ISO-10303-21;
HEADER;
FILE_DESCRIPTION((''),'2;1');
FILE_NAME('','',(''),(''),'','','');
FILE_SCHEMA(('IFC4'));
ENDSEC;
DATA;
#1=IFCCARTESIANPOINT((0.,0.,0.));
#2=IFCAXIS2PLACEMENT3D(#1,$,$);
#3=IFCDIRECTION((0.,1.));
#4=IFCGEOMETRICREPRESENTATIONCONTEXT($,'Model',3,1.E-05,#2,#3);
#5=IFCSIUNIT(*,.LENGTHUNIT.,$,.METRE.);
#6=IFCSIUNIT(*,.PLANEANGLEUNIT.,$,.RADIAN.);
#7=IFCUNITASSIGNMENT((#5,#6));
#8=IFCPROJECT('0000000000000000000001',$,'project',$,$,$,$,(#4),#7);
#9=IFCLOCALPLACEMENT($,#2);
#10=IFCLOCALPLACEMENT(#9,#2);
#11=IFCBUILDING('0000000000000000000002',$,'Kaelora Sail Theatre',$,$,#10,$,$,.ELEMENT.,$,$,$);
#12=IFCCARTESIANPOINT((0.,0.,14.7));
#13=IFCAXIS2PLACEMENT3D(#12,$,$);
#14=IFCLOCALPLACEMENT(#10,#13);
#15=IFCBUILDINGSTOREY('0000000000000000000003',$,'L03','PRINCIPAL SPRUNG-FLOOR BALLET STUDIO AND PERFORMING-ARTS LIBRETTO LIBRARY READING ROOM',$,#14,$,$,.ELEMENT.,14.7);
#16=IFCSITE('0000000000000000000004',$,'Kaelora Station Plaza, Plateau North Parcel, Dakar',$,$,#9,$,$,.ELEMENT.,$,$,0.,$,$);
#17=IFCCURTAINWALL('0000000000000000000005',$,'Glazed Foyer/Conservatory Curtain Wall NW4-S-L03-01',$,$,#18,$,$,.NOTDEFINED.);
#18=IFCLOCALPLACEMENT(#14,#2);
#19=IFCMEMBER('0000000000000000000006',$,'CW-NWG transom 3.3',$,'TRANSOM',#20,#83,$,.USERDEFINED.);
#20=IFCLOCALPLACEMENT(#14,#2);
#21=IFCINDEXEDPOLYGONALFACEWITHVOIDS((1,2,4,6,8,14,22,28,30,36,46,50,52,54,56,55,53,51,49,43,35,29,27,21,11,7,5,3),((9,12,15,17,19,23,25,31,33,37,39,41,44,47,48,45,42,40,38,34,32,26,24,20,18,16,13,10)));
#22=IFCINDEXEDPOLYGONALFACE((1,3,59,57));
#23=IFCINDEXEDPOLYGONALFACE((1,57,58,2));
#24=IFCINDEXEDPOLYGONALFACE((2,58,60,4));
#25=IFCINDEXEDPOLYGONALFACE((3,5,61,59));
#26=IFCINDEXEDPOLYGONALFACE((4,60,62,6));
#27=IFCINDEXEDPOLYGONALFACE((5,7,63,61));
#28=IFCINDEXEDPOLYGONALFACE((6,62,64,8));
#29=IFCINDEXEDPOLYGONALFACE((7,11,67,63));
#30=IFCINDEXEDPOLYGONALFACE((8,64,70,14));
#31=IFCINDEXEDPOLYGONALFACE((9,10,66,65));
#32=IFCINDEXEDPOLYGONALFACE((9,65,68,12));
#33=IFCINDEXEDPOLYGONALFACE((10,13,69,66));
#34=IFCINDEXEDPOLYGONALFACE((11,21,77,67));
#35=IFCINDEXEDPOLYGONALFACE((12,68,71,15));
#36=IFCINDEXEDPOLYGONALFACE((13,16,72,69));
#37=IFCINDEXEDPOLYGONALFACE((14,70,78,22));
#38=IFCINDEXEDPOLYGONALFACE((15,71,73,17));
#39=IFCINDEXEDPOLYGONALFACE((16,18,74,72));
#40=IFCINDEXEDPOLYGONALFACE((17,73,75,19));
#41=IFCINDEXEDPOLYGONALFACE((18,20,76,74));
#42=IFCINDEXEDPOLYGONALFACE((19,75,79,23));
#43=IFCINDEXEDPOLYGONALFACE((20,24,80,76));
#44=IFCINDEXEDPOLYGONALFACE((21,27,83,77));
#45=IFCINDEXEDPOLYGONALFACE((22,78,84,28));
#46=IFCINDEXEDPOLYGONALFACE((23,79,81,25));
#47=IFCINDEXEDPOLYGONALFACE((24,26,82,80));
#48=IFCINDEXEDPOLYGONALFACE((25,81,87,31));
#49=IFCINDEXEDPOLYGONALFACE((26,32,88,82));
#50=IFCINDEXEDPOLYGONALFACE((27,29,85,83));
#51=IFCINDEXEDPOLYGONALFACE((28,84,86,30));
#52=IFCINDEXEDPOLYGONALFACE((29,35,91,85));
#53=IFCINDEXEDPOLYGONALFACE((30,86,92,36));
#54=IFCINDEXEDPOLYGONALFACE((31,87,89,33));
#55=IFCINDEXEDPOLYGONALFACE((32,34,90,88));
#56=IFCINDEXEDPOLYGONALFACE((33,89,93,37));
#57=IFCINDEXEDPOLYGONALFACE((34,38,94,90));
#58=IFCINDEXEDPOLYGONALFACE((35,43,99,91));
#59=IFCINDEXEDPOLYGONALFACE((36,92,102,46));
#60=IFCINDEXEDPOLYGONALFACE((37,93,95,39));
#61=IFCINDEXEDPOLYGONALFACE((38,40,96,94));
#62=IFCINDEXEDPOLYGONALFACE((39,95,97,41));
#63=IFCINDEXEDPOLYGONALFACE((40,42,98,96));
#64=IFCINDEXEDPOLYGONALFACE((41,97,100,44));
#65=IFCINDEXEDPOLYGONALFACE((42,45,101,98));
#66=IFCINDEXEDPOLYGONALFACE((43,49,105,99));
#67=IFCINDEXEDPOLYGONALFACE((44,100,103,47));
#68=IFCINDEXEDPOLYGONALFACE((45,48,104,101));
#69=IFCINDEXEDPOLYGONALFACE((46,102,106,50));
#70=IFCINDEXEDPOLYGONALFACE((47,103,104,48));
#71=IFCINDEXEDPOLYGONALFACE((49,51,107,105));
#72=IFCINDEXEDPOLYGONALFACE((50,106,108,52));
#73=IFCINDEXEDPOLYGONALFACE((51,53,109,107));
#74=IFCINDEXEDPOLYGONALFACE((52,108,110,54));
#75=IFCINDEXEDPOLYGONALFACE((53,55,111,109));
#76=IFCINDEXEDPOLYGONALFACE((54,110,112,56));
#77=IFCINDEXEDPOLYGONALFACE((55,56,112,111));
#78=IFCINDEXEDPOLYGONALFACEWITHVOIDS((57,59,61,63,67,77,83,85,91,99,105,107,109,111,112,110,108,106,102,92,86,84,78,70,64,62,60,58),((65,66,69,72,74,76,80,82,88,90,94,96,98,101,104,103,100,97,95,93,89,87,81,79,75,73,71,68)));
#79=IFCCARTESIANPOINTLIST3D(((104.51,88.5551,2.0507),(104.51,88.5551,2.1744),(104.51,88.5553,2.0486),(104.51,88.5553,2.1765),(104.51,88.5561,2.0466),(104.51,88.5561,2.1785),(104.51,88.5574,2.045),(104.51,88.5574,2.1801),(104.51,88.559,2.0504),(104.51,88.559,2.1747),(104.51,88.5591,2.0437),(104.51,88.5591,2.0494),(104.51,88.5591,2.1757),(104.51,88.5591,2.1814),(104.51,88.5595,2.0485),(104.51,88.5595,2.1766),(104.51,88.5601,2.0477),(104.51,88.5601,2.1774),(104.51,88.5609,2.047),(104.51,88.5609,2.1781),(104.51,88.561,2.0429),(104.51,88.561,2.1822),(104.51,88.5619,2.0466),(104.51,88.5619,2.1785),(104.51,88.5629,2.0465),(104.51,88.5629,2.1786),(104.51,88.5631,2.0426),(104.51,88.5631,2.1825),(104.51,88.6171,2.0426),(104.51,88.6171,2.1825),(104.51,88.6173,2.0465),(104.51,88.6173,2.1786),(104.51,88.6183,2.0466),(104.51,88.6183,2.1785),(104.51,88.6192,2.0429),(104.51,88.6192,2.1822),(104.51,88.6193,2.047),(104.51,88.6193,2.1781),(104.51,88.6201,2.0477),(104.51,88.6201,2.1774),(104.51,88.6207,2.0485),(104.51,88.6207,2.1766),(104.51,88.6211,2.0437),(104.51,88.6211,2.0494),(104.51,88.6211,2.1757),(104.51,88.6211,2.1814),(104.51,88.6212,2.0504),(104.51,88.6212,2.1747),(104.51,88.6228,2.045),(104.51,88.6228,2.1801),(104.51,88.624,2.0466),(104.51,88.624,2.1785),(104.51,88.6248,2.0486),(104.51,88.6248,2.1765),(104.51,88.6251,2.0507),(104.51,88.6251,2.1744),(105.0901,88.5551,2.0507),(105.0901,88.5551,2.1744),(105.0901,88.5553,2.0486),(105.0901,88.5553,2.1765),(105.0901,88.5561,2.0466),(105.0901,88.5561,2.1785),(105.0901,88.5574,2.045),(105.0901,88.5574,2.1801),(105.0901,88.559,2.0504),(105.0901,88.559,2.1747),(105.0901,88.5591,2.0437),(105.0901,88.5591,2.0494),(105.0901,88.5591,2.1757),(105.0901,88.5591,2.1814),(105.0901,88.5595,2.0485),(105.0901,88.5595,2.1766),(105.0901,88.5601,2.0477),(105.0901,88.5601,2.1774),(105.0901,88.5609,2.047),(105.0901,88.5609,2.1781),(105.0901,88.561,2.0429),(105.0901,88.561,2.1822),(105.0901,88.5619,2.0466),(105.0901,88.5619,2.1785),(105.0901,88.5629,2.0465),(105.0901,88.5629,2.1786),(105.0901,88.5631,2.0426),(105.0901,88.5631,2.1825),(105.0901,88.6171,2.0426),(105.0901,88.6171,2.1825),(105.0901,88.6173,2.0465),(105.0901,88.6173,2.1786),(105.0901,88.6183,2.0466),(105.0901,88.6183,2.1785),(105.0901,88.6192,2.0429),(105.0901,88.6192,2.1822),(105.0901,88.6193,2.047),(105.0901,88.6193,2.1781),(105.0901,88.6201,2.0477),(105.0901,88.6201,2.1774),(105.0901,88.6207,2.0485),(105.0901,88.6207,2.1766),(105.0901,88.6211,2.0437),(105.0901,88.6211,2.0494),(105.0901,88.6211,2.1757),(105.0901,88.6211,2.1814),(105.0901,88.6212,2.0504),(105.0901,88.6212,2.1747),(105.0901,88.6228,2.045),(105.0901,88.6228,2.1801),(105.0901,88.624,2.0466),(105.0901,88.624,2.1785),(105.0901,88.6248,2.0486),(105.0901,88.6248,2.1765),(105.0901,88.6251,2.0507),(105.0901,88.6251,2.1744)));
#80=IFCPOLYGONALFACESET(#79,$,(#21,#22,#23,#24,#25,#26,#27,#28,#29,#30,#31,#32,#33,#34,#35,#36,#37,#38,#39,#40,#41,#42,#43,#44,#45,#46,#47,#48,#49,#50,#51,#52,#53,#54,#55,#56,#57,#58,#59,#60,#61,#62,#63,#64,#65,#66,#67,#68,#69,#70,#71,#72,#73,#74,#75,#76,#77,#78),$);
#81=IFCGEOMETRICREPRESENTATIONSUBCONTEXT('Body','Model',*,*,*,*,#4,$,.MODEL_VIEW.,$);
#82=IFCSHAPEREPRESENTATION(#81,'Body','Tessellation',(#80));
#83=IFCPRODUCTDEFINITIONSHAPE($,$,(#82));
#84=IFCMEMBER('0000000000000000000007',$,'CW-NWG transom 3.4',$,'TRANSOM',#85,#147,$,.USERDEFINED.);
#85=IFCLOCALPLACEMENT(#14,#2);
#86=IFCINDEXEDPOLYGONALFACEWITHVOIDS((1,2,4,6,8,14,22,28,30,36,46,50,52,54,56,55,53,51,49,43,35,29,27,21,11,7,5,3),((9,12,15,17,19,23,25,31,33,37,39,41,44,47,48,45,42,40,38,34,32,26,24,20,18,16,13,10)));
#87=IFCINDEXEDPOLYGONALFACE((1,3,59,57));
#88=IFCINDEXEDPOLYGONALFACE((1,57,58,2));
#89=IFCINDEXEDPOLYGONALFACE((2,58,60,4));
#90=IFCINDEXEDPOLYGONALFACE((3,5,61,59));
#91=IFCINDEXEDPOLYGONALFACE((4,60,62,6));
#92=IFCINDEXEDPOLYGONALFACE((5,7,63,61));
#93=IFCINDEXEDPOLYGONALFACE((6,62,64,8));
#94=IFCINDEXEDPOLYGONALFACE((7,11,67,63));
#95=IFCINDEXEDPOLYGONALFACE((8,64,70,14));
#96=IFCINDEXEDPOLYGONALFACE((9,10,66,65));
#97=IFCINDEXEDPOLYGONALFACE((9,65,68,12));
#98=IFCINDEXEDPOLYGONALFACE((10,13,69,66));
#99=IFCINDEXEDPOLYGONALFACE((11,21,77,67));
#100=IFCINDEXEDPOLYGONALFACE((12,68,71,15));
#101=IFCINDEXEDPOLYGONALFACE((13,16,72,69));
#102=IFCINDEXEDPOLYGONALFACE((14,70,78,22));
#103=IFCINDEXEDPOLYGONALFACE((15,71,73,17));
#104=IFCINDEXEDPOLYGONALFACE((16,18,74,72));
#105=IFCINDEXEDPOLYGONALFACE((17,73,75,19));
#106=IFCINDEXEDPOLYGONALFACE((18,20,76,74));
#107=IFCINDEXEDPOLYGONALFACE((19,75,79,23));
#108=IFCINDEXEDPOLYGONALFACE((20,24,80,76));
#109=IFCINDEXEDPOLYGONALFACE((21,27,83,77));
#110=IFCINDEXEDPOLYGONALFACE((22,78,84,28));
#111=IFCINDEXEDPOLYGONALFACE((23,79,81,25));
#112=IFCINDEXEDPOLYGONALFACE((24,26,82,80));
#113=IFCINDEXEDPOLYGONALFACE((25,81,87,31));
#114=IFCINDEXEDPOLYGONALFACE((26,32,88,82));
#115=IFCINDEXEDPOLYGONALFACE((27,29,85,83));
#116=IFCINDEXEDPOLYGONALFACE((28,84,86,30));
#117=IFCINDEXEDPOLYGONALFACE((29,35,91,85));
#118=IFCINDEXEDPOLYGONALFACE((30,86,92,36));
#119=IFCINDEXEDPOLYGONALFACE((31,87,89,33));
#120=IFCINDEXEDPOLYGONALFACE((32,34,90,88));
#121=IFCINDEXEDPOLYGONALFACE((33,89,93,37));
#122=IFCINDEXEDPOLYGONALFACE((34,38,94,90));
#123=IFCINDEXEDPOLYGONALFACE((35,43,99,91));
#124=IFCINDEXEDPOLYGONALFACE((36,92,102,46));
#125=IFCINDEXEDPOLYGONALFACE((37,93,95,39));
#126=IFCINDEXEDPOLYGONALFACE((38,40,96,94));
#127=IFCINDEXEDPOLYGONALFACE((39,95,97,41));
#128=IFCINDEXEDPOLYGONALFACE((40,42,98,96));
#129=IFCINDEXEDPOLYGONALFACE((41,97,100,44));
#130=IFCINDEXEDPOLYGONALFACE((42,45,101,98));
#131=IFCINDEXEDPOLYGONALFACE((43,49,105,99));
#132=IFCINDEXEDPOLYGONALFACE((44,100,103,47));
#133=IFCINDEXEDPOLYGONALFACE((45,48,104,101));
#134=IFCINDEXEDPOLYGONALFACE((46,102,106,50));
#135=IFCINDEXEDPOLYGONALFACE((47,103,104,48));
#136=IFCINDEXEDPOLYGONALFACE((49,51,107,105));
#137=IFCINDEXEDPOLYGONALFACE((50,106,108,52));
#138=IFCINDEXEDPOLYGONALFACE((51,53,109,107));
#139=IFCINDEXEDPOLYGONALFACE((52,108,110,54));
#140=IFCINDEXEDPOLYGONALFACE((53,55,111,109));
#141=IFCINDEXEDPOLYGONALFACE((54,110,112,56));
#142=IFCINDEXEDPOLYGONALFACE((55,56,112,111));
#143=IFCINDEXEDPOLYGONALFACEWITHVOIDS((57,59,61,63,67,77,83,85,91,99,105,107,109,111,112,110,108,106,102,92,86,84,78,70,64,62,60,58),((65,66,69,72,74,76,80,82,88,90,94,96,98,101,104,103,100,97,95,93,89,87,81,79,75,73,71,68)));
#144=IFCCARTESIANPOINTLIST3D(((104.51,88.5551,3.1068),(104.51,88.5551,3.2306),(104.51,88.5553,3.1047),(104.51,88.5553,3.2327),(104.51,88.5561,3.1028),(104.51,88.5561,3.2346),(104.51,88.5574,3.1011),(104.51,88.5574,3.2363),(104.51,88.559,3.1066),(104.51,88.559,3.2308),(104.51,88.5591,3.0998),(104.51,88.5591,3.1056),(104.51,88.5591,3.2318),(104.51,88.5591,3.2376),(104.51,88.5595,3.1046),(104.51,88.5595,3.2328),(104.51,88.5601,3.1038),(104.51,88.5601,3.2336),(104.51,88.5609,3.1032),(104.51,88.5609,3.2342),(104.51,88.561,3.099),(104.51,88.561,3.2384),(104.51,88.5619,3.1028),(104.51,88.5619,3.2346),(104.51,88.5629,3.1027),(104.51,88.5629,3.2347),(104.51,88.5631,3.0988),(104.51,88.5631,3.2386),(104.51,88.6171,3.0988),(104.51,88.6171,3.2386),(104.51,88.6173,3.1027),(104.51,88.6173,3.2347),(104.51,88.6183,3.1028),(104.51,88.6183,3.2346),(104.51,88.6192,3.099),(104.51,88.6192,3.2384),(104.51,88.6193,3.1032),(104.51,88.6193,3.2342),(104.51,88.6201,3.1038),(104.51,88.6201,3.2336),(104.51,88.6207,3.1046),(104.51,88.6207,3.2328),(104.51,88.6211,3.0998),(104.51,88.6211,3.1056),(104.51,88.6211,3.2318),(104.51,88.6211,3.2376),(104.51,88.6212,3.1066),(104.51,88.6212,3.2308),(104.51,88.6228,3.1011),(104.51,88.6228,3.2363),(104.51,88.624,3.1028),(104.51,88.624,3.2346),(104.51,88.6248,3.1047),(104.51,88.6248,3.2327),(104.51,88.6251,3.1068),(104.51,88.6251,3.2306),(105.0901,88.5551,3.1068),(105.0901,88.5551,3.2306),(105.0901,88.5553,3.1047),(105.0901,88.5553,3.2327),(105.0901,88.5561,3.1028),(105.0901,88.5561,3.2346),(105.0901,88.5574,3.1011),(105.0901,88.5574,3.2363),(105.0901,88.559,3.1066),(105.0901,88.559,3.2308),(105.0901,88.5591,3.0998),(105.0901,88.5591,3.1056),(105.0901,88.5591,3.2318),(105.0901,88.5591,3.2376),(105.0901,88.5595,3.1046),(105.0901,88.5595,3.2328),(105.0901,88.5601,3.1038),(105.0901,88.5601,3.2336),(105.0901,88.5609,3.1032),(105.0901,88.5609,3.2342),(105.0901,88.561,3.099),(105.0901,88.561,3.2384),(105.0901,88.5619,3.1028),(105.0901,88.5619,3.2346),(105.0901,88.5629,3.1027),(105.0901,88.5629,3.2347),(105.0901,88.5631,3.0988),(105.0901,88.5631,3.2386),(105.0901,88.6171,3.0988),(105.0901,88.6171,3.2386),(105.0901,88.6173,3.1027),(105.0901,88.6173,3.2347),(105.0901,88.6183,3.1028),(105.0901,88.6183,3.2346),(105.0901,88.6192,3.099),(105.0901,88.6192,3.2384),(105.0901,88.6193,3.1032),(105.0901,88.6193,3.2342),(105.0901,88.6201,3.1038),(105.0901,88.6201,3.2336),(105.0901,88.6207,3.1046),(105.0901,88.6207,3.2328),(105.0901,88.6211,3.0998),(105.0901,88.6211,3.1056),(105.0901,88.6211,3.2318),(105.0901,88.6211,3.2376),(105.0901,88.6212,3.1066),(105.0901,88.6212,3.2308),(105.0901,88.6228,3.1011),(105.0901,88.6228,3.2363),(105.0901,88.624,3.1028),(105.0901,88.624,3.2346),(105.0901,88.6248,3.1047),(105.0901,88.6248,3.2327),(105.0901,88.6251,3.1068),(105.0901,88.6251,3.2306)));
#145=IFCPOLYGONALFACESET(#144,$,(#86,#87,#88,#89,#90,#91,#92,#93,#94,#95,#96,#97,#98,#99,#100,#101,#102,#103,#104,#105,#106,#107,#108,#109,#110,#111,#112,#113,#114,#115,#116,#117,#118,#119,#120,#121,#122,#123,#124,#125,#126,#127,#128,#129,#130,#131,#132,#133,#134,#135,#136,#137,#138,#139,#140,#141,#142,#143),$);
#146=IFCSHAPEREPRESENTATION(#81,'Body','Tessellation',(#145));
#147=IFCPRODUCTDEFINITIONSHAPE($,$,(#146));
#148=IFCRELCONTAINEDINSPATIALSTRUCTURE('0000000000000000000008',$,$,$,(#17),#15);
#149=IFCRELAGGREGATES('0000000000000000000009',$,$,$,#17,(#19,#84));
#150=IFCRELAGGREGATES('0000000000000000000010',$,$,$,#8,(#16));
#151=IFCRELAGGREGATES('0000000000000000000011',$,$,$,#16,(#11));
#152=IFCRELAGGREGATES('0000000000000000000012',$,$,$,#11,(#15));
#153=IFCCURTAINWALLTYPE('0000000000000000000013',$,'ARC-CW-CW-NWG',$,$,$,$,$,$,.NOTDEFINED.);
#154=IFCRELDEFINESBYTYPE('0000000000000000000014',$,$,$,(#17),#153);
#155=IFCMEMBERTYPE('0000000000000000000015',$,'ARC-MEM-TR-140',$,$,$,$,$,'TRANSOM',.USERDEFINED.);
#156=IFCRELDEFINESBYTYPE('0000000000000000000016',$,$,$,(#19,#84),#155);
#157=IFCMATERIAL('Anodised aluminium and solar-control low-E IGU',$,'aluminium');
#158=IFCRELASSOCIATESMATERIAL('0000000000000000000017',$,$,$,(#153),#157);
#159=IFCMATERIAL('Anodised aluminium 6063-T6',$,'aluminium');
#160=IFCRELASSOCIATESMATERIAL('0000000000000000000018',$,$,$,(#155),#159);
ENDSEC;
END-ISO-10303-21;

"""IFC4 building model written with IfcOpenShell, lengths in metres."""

from ifc_helpers import new_model, si_unit, direction, frame, origin, origin_2d, place, context, subcontext, project, spatial, hollow_rectangle, extrude, material, material_profile, profile_set, type_object, element, aggregate, save


model = new_model("IFC4")

# Units and contexts
model_context = context("Model", 3, precision=1e-05, world=origin(), true_north=direction((0.0, 1.0)))
body_context = subcontext(model_context, "Body", "Model", "MODEL_VIEW")
ifc_project = project(units=[si_unit("LENGTHUNIT", "METRE"), si_unit("PLANEANGLEUNIT", "RADIAN")], contexts=[model_context])

# Site, building, storey
site_placement = place(None, origin())
site = spatial("IfcSite", under=ifc_project, at=site_placement, Name="Kaelora Station Plaza, Plateau North Parcel, Dakar", CompositionType="ELEMENT", RefElevation=0.0)
building_placement = place(site_placement, origin())
building = spatial("IfcBuilding", under=site, at=building_placement, Name="Kaelora Sail Theatre", CompositionType="ELEMENT")
storey_placement = place(building_placement, frame((0.0, 0.0, 14.7)))
storey = spatial("IfcBuildingStorey", under=building, at=storey_placement, Name="L03", Description="PRINCIPAL SPRUNG-FLOOR BALLET STUDIO AND PERFORMING-ARTS LIBRETTO LIBRARY READING ROOM", CompositionType="ELEMENT", Elevation=14.7)

# Curtain wall, members
ifc_material_1 = material(Name="Anodised aluminium and solar-control low-E IGU", Category="aluminium")
curtain_wall_type = type_object("IfcCurtainWallType", Name="ARC-CW-CW-NWG", PredefinedType="NOTDEFINED", material=ifc_material_1)
curtain_wall_placement = place(storey_placement, origin())
curtain_wall = element("IfcCurtainWall", 1, at=curtain_wall_placement, inside=storey, type_object=curtain_wall_type, Name="Glazed Foyer/Conservatory Curtain Wall NW4-S-L03-01", PredefinedType="NOTDEFINED")
ifc_material_2 = material(Name="Anodised aluminium 6063-T6", Category="aluminium")
ifc_material_profile_1 = material_profile(ifc_material_2, hollow_rectangle(XDim=0.0701, YDim=0.1399, WallThickness=0.0039, InnerFilletRadius=0.0039, OuterFilletRadius=0.0081, at=origin_2d()), Name="ALU-TRAN 70x140x4")
ifc_profile_set_1 = profile_set([ifc_material_profile_1], Name="Anodised aluminium 6063-T6")
member_type_1 = type_object("IfcMemberType", Name="ARC-MEM-TR-140", ElementType="TRANSOM", PredefinedType="USERDEFINED", material=ifc_profile_set_1)
member_1_placement = place(storey_placement, frame((104.51, 88.5901, 2.1125), z_axis=(1.0, 0.0, 0.0), x_axis=(0.0, 1.0, 0.0)))
member_1 = element("IfcMember", 2, at=member_1_placement, type_object=member_type_1, Name="CW-NWG transom 3.3", ObjectType="TRANSOM", PredefinedType="USERDEFINED", context=body_context, shape_type="SweptSolid", body=[
    extrude(hollow_rectangle(XDim=0.0701, YDim=0.1399, WallThickness=0.0039, InnerFilletRadius=0.0039, OuterFilletRadius=0.0081, at=origin_2d()), origin(), (0.0, 0.0, 1.0), 0.5801),
])
member_2_placement = place(storey_placement, frame((104.51, 88.5901, 3.1687), z_axis=(1.0, 0.0, 0.0), x_axis=(0.0, 1.0, 0.0)))
member_2 = element("IfcMember", 3, at=member_2_placement, type_object=member_type_1, Name="CW-NWG transom 3.4", ObjectType="TRANSOM", PredefinedType="USERDEFINED", context=body_context, shape_type="SweptSolid", body=[
    extrude(hollow_rectangle(XDim=0.0701, YDim=0.1399, WallThickness=0.0039, InnerFilletRadius=0.0039, OuterFilletRadius=0.0081, at=origin_2d()), origin(), (0.0, 0.0, 1.0), 0.5801),
])

aggregate(curtain_wall, [member_1, member_2])

save(model, "model.ifc")
